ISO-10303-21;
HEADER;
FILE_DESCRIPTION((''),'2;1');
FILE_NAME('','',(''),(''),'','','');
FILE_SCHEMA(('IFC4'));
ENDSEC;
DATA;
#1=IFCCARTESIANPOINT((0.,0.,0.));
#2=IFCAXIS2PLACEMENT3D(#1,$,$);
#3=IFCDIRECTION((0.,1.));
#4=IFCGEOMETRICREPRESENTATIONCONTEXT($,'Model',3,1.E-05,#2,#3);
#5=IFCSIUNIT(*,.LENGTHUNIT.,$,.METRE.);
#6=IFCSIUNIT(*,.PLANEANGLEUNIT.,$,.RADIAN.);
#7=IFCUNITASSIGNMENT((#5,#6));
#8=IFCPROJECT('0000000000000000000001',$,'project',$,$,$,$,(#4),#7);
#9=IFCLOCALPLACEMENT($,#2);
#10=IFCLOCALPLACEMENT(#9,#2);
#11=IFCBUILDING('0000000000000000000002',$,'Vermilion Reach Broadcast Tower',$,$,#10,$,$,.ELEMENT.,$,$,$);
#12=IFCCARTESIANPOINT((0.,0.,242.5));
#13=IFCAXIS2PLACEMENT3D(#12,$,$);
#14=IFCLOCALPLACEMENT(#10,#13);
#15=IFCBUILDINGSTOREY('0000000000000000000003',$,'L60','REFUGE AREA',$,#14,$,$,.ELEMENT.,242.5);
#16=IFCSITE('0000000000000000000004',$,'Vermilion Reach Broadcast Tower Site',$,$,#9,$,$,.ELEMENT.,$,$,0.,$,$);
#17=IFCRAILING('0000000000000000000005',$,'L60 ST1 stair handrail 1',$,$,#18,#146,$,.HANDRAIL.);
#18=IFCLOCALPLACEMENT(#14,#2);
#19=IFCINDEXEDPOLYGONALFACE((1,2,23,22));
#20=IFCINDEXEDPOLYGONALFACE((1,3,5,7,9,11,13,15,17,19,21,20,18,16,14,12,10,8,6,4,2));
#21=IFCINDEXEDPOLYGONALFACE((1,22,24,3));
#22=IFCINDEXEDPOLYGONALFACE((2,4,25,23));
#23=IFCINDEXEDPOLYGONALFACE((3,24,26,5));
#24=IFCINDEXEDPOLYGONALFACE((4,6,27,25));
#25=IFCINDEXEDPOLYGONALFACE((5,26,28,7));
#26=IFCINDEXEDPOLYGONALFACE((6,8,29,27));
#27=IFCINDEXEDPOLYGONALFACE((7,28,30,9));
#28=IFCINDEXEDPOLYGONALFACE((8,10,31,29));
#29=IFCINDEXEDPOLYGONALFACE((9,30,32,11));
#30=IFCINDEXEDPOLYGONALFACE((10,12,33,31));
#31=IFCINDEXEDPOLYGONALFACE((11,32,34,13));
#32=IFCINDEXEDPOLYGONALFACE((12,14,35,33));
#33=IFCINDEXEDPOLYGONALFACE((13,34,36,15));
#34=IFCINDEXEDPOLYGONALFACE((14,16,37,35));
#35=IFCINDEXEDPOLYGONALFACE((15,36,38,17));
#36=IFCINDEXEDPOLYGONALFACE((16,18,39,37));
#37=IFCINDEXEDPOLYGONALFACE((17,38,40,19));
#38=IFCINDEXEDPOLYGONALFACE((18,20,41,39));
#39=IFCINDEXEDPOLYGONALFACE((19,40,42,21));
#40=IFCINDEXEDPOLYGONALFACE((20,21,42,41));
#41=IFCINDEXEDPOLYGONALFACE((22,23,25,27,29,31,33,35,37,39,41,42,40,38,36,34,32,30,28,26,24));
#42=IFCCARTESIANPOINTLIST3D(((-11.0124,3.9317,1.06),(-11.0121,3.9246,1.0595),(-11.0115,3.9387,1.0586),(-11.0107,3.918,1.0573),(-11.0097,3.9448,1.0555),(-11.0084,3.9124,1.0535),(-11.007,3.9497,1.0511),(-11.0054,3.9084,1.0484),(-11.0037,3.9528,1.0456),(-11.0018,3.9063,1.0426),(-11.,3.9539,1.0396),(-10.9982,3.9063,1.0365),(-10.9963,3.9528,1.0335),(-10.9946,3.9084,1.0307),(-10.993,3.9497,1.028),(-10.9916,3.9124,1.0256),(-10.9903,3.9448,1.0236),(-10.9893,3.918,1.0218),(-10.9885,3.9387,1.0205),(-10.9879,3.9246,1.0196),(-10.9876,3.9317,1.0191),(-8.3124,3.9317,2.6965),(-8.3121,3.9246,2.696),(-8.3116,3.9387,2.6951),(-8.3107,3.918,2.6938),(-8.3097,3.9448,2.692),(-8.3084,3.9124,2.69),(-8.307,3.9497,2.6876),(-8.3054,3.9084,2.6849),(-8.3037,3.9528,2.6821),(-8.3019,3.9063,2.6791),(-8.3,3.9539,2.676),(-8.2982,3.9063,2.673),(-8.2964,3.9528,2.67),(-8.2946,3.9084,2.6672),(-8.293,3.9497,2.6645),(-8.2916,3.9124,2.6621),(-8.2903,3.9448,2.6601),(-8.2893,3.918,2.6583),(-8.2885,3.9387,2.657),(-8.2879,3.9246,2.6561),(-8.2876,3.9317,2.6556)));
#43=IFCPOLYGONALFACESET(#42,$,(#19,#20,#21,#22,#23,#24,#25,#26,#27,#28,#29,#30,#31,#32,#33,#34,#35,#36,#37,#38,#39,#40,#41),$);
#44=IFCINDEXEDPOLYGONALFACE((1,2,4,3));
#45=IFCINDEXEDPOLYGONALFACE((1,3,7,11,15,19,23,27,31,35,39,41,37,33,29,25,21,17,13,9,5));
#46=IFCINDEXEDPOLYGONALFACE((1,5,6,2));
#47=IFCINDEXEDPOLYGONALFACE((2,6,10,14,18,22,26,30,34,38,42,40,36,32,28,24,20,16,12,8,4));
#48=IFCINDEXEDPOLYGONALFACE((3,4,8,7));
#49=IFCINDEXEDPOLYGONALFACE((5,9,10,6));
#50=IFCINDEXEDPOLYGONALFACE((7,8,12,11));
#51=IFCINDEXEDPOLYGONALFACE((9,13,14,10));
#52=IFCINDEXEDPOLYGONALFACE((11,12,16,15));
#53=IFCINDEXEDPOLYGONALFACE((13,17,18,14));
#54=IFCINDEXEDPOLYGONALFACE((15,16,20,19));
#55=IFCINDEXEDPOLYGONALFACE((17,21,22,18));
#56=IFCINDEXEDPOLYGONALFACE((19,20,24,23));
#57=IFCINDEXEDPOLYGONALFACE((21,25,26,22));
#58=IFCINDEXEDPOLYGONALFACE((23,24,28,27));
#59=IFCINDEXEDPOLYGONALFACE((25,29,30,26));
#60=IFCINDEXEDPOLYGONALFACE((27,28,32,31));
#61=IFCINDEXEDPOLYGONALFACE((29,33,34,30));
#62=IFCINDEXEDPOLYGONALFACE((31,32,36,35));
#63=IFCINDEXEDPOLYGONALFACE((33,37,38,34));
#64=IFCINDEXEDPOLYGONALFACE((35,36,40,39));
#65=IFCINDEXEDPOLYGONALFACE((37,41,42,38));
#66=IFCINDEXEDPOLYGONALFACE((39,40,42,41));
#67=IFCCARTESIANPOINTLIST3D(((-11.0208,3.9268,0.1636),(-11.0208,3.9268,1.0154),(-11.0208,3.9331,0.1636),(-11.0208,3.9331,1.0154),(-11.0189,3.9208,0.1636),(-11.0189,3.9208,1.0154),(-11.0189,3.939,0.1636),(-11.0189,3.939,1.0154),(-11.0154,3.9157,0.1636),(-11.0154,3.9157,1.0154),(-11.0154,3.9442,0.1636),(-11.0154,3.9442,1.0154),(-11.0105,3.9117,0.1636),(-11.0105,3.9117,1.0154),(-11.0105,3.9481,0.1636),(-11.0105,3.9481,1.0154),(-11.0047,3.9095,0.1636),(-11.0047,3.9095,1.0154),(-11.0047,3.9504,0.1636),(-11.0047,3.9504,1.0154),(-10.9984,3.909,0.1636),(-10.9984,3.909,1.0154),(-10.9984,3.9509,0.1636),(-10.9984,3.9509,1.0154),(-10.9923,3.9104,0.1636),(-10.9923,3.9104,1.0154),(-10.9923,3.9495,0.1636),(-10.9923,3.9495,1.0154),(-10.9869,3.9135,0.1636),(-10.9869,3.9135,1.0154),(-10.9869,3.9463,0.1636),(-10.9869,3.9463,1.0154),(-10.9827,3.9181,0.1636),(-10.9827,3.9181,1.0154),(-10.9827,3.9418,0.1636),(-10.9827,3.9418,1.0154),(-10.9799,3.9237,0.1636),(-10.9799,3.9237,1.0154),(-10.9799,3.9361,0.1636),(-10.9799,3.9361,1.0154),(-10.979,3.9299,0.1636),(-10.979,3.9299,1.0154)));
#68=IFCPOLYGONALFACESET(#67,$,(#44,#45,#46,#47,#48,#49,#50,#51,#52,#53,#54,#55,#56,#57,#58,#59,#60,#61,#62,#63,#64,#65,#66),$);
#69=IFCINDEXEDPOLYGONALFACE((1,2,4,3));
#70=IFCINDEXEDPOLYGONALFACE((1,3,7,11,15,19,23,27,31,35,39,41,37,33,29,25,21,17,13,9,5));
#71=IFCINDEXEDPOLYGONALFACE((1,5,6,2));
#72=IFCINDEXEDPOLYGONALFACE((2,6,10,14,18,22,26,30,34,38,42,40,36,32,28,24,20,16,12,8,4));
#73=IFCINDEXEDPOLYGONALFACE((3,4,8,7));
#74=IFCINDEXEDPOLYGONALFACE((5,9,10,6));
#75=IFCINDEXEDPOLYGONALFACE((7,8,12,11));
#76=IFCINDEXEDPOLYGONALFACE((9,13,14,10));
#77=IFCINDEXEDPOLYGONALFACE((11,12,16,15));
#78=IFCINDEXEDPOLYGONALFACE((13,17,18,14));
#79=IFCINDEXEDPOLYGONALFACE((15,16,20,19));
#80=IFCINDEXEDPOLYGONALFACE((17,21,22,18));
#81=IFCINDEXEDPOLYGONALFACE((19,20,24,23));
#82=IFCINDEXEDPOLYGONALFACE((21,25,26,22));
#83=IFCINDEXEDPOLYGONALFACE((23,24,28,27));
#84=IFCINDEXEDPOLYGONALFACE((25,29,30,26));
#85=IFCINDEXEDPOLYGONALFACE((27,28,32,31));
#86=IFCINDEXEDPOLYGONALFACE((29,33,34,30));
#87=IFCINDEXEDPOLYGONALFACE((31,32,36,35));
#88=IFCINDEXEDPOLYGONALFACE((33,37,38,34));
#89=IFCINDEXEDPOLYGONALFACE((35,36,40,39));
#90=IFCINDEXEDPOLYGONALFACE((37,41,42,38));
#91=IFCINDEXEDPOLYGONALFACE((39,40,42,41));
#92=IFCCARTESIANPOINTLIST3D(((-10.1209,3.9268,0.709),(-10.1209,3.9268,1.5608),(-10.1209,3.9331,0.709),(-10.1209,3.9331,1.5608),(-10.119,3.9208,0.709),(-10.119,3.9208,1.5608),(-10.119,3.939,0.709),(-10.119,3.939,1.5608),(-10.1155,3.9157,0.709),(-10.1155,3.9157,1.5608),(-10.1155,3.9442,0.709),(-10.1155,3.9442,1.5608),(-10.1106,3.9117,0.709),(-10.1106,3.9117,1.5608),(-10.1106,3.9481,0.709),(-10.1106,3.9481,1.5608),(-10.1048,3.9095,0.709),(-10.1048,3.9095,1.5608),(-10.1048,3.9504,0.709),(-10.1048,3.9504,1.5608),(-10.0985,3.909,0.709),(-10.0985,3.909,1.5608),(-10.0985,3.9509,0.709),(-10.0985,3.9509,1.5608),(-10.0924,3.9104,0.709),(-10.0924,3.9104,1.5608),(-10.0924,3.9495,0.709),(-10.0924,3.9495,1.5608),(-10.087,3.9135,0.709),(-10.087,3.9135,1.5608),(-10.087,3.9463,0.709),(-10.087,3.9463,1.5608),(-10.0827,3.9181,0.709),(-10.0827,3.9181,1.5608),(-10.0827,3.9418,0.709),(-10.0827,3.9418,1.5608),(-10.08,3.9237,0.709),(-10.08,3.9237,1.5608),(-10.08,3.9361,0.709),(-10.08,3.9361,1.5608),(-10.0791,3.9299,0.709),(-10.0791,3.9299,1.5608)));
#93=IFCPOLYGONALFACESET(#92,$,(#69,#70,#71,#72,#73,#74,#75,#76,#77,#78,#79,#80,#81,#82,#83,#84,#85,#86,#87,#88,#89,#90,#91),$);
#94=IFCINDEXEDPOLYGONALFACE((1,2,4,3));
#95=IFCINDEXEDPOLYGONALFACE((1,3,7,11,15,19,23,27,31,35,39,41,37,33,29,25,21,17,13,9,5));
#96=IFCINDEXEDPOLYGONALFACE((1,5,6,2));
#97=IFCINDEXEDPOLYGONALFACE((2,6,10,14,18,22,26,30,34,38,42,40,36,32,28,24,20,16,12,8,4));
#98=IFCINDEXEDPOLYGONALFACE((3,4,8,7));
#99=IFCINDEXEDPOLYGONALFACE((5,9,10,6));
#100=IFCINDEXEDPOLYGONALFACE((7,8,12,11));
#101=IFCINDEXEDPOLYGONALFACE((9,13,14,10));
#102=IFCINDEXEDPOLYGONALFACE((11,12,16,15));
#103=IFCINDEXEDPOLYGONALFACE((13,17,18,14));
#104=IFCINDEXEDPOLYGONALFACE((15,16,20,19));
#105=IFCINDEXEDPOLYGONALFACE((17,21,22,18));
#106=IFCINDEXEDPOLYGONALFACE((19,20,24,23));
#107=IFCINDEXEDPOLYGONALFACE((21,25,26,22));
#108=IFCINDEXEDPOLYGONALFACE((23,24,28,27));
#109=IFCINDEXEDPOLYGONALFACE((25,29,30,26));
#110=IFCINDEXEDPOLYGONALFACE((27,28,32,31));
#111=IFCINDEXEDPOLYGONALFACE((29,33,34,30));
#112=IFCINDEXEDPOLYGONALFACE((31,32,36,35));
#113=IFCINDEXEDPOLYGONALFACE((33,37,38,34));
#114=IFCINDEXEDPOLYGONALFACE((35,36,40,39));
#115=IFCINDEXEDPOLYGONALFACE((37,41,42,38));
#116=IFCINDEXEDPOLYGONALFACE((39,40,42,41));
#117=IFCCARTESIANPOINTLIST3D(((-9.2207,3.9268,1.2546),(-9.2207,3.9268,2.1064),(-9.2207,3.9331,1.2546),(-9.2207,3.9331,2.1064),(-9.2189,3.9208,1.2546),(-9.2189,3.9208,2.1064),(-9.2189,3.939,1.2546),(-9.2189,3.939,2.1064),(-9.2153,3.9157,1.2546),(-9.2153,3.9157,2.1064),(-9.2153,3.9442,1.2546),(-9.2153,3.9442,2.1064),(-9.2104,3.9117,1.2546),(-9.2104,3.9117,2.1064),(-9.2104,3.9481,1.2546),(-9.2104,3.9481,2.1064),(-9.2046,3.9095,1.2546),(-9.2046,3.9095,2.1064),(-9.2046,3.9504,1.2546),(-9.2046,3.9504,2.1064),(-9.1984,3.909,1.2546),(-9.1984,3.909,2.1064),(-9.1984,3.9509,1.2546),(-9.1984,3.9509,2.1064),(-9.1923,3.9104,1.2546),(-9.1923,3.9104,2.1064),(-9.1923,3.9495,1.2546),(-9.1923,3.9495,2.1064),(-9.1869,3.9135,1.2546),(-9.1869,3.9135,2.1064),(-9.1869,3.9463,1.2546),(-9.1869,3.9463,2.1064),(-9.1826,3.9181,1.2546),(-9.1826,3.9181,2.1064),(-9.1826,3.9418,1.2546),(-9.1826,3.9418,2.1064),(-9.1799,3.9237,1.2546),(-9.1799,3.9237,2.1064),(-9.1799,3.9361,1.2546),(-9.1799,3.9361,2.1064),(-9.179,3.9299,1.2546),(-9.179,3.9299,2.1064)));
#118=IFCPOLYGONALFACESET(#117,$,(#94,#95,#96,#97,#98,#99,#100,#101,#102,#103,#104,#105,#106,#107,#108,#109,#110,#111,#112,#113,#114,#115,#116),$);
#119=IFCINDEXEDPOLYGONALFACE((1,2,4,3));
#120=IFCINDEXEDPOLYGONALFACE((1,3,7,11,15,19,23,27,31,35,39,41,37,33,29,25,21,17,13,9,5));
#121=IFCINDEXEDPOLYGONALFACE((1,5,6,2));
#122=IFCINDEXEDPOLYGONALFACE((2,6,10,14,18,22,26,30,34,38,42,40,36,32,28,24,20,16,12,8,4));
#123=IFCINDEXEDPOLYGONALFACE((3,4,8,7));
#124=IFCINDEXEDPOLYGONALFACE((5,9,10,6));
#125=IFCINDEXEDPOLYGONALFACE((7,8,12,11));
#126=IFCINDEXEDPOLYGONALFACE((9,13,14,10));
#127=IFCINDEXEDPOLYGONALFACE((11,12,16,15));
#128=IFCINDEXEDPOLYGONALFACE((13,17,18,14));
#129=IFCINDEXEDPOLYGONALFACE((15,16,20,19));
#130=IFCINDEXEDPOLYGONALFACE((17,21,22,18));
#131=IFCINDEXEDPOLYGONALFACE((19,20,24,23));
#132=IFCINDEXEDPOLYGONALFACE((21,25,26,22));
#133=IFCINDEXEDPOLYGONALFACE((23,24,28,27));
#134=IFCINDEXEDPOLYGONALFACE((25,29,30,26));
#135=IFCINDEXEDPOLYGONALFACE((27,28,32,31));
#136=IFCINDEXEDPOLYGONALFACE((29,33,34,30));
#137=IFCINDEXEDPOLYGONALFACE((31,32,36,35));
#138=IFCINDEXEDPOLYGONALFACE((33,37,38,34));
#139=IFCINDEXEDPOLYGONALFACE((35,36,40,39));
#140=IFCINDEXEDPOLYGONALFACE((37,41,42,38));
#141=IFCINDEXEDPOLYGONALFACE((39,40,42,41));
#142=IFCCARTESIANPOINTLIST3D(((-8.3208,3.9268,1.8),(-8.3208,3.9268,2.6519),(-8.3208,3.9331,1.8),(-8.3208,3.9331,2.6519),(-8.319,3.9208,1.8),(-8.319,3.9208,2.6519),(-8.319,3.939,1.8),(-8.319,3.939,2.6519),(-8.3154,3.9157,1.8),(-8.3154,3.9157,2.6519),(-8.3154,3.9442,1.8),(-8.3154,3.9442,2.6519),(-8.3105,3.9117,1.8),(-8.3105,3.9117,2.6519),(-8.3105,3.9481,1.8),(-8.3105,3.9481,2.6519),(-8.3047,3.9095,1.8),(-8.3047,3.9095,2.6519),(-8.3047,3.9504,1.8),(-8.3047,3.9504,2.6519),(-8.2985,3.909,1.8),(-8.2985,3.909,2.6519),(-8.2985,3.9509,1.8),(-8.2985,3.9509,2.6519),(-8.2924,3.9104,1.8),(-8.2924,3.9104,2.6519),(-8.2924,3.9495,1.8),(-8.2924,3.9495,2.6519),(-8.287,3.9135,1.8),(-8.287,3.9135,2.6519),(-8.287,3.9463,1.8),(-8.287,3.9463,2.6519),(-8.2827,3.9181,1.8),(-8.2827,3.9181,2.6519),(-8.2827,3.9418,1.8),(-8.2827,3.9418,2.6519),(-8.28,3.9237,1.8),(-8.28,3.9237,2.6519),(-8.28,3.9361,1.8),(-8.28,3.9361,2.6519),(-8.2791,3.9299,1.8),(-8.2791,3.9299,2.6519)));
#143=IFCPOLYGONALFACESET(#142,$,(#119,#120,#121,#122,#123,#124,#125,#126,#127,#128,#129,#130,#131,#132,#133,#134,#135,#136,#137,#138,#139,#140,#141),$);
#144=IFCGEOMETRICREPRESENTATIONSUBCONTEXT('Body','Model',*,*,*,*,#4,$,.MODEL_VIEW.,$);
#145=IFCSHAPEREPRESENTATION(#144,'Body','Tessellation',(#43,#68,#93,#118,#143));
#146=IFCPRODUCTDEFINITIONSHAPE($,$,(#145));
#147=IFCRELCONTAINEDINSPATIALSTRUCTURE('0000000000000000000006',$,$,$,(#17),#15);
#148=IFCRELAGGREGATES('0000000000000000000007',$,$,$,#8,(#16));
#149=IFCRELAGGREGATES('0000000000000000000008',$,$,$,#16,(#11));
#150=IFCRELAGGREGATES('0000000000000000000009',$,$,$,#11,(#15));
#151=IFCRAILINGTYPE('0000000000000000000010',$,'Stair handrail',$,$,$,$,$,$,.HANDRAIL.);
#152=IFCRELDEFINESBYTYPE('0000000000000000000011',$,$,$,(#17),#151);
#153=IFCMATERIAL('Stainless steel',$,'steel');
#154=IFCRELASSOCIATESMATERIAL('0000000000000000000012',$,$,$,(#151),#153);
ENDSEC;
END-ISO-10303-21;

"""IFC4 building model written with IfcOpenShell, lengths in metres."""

from ifc_helpers import new_model, si_unit, direction, frame, origin, origin_2d, place, context, subcontext, project, spatial, circle, extrude, material, type_object, element, save


model = new_model("IFC4")

# Units and contexts
model_context = context("Model", 3, precision=1e-05, world=origin(), true_north=direction((0.0, 1.0)))
body_context = subcontext(model_context, "Body", "Model", "MODEL_VIEW")
ifc_project = project(units=[si_unit("LENGTHUNIT", "METRE"), si_unit("PLANEANGLEUNIT", "RADIAN")], contexts=[model_context])

# Site, building, storey
site_placement = place(None, origin())
site = spatial("IfcSite", under=ifc_project, at=site_placement, Name="Vermilion Reach Broadcast Tower Site", CompositionType="ELEMENT", RefElevation=0.0)
building_placement = place(site_placement, origin())
building = spatial("IfcBuilding", under=site, at=building_placement, Name="Vermilion Reach Broadcast Tower", CompositionType="ELEMENT")
storey_placement = place(building_placement, frame((0.0, 0.0, 242.5)))
storey = spatial("IfcBuildingStorey", under=building, at=storey_placement, Name="L60", Description="REFUGE AREA", CompositionType="ELEMENT", Elevation=242.5)

# Railing
ifc_material_1 = material(Name="Stainless steel", Category="steel")
railing_type_1 = type_object("IfcRailingType", Name="Stair handrail", PredefinedType="HANDRAIL", material=ifc_material_1)
railing_1_placement = place(storey_placement, frame((-11.0, 3.9299, 0.1636)))
element("IfcRailing", 1, at=railing_1_placement, inside=storey, type_object=railing_type_1, Name="L60 ST1 stair handrail 1", PredefinedType="HANDRAIL", context=body_context, shape_type="SweptSolid", body=[
    extrude(circle(Radius=0.0239, at=origin_2d()), frame((0.0, 0.0, 0.876), z_axis=(0.855178, 0.0, 0.518334), x_axis=(0.0, 1.0, 0.0)), (0.0, 0.0, 1.0), 3.1572),
    extrude(circle(Radius=0.021, at=origin_2d()), origin(), (0.0, 0.0, 1.0), 0.8518),
    extrude(circle(Radius=0.021, at=origin_2d()), frame((0.8999, 0.0, 0.5454)), (0.0, 0.0, 1.0), 0.8518),
    extrude(circle(Radius=0.021, at=origin_2d()), frame((1.8, 0.0, 1.0911)), (0.0, 0.0, 1.0), 0.8518),
    extrude(circle(Radius=0.021, at=origin_2d()), frame((2.7, 0.0, 1.6365)), (0.0, 0.0, 1.0), 0.8518),
])

save(model, "model.ifc")
